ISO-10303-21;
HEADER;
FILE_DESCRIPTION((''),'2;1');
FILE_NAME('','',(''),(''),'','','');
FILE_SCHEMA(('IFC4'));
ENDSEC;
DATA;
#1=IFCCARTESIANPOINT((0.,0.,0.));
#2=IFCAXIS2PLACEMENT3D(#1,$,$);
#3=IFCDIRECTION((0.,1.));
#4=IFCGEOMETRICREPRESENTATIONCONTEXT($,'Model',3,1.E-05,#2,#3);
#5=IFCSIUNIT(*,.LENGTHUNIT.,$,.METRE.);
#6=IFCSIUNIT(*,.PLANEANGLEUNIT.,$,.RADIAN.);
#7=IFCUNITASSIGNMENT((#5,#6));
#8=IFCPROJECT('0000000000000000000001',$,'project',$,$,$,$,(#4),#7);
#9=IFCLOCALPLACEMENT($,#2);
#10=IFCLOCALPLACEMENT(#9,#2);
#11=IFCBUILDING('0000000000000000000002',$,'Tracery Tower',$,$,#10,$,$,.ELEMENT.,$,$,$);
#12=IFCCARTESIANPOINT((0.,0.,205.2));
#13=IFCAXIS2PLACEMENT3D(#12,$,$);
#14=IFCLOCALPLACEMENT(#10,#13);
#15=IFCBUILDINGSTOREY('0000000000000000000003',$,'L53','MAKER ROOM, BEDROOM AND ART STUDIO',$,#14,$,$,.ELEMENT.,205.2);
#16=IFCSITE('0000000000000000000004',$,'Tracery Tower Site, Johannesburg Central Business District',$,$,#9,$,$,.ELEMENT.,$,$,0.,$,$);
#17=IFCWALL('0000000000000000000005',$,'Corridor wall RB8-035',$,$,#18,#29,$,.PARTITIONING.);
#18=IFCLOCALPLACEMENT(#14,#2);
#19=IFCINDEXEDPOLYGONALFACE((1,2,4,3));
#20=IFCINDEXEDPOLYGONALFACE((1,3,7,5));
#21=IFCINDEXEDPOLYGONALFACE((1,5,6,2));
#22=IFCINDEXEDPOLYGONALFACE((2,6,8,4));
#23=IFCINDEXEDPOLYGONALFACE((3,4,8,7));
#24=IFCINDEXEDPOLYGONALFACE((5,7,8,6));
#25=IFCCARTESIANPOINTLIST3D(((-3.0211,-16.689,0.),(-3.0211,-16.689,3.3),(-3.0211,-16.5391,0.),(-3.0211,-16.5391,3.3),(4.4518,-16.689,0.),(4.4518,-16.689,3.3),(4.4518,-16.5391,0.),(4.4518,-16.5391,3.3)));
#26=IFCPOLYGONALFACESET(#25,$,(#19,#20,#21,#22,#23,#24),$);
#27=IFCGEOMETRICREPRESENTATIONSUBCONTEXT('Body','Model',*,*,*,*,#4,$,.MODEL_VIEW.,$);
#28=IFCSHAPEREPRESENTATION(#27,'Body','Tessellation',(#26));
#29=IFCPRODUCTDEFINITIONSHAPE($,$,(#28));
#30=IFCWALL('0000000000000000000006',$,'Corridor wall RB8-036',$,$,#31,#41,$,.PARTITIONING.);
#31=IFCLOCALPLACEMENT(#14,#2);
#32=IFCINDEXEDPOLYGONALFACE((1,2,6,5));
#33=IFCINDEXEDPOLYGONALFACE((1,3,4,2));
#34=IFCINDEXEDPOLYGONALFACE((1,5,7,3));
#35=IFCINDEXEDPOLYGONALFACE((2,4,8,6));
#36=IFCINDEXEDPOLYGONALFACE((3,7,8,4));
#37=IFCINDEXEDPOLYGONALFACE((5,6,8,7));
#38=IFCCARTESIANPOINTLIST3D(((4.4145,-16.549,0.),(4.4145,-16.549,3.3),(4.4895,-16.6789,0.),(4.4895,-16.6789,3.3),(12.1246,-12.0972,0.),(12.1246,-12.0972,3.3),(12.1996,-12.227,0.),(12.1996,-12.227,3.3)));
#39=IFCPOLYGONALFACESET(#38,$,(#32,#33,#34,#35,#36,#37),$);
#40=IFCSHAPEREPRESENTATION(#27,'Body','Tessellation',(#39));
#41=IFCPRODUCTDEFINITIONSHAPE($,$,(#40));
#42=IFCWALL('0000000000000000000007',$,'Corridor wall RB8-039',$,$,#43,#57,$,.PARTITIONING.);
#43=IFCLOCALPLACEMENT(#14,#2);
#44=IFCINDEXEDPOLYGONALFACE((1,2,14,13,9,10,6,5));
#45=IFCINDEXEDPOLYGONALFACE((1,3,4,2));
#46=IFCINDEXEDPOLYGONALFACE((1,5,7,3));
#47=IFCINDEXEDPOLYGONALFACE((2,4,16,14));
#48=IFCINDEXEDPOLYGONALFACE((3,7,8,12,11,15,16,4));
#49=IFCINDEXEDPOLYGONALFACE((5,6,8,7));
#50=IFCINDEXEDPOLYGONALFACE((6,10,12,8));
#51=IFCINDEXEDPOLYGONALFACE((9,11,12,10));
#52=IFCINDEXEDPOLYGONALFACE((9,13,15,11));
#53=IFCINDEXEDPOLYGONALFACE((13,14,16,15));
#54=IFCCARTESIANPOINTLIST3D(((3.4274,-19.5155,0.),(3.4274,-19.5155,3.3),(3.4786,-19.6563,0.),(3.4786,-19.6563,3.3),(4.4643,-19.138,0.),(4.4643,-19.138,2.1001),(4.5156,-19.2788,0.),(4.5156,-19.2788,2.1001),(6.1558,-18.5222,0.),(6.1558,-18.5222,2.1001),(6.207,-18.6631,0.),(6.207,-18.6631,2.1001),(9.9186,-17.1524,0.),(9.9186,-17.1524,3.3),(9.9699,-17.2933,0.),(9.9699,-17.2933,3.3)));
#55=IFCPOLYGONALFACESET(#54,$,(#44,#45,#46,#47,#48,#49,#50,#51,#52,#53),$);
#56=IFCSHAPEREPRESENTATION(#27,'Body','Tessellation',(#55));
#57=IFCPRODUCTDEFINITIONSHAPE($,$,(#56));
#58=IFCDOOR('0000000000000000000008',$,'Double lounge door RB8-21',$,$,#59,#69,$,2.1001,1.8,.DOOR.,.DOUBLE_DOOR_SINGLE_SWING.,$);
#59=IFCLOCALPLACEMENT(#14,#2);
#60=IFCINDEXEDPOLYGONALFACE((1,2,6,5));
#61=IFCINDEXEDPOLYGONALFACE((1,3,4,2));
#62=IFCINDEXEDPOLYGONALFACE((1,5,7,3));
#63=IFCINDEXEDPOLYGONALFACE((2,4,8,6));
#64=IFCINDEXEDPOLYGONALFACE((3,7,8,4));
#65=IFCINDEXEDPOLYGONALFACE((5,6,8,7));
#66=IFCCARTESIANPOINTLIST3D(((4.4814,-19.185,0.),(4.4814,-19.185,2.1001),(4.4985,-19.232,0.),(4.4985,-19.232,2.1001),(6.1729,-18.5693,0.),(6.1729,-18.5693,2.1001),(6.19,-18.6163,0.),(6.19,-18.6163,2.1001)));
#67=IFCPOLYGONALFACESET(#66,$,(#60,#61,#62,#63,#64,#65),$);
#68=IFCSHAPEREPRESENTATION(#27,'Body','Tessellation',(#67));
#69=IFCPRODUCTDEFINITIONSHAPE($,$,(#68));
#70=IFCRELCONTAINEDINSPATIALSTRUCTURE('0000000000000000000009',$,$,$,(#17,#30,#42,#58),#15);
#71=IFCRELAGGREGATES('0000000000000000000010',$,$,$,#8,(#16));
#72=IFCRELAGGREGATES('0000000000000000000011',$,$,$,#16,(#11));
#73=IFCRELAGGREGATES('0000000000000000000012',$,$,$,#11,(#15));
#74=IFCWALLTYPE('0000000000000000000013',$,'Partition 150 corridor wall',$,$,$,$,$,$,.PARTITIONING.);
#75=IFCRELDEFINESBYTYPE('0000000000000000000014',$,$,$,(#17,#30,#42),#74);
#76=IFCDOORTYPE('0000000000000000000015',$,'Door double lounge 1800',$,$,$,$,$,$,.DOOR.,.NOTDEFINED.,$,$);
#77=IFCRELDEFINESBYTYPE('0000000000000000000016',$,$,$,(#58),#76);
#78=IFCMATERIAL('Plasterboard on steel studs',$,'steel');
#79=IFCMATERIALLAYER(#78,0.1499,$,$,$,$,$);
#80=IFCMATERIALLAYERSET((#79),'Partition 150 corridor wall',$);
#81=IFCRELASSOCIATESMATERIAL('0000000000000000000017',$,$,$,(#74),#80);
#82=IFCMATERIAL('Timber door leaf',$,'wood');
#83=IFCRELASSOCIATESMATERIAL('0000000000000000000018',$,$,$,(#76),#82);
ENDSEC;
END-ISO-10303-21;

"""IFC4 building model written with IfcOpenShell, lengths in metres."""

from ifc_helpers import new_model, si_unit, direction, frame, frame_2d, origin, place, context, subcontext, project, spatial, rectangle, extrude, material, layer, layer_set, type_object, element, fill, save


model = new_model("IFC4")

# Units and contexts
model_context = context("Model", 3, precision=1e-05, world=origin(), true_north=direction((0.0, 1.0)))
body_context = subcontext(model_context, "Body", "Model", "MODEL_VIEW")
ifc_project = project(units=[si_unit("LENGTHUNIT", "METRE"), si_unit("PLANEANGLEUNIT", "RADIAN")], contexts=[model_context])

# Site, building, storey
site_placement = place(None, origin())
site = spatial("IfcSite", under=ifc_project, at=site_placement, Name="Tracery Tower Site, Johannesburg Central Business District", CompositionType="ELEMENT", RefElevation=0.0)
building_placement = place(site_placement, origin())
building = spatial("IfcBuilding", under=site, at=building_placement, Name="Tracery Tower", CompositionType="ELEMENT")
storey_placement = place(building_placement, frame((0.0, 0.0, 205.2)))
storey = spatial("IfcBuildingStorey", under=building, at=storey_placement, Name="L53", Description="MAKER ROOM, BEDROOM AND ART STUDIO", CompositionType="ELEMENT", Elevation=205.2)

# Shared definitions
ifc_material_1 = material(Name="Plasterboard on steel studs", Category="steel")
ifc_layer_1 = layer(ifc_material_1, 0.1499)
ifc_layer_set_1 = layer_set([ifc_layer_1], Name="Partition 150 corridor wall")
wall_type_1 = type_object("IfcWallType", Name="Partition 150 corridor wall", PredefinedType="PARTITIONING", material=ifc_layer_set_1)

# Walls
wall_1_placement = place(storey_placement, frame((-3.021, -16.614, 0.0), z_axis=(0.0, 0.0, 1.0), x_axis=(1.0, 0.0, 0.0)))
element("IfcWall", 1, at=wall_1_placement, inside=storey, type_object=wall_type_1, Name="Corridor wall RB8-035", PredefinedType="PARTITIONING", context=body_context, shape_type="SweptSolid", body=[
    extrude(rectangle(XDim=7.4729, YDim=0.1499, at=frame_2d((3.7363, 0.0))), origin(), (0.0, 0.0, 1.0), 3.3),
])
wall_2_placement = place(storey_placement, frame((4.4519, -16.614, 0.0), z_axis=(0.0, 0.0, 1.0), x_axis=(0.866005, 0.500035, 0.0)))
element("IfcWall", 2, at=wall_2_placement, inside=storey, type_object=wall_type_1, Name="Corridor wall RB8-036", PredefinedType="PARTITIONING", context=body_context, shape_type="SweptSolid", body=[
    extrude(rectangle(XDim=8.9031, YDim=0.1499, at=frame_2d((4.4517, 0.0))), origin(), (0.0, 0.0, 1.0), 3.3),
])

# Wall, opening, door
wall_3_placement = place(storey_placement, frame((3.4529, -19.5859, 0.0), z_axis=(0.0, 0.0, 1.0), x_axis=(0.939673, 0.342075, 0.0)))
wall_3 = element("IfcWall", 3, at=wall_3_placement, inside=storey, type_object=wall_type_1, Name="Corridor wall RB8-039", PredefinedType="PARTITIONING", context=body_context, shape_type="SweptSolid", body=[
    extrude(rectangle(XDim=6.908, YDim=0.1499, at=frame_2d((3.4541, 0.0))), origin(), (0.0, 0.0, 1.0), 3.3),
])
opening_1_placement = place(wall_3_placement, frame((1.1038, 0.0, 0.0)))
opening_1 = element("IfcOpeningElement", 4, at=opening_1_placement, cuts=wall_3, PredefinedType="OPENING", context=body_context, shape_type="SweptSolid", body=[
    extrude(rectangle(XDim=1.8, YDim=2.1001, at=frame_2d((0.8999, 1.05))), frame((0.0, 0.075, 0.0), z_axis=(0.0, -1.0, 0.0), x_axis=(1.0, 0.0, 0.0)), (0.0, 0.0, 1.0), 0.1499),
])
ifc_material_2 = material(Name="Timber door leaf", Category="wood")
door_type_1 = type_object("IfcDoorType", Name="Door double lounge 1800", OperationType="NOTDEFINED", PredefinedType="DOOR", material=ifc_material_2)
door_1_placement = place(opening_1_placement, origin())
door_1 = element("IfcDoor", 5, at=door_1_placement, inside=storey, type_object=door_type_1, Name="Double lounge door RB8-21", OperationType="DOUBLE_DOOR_SINGLE_SWING", OverallHeight=2.1001, OverallWidth=1.8, PredefinedType="DOOR", context=body_context, shape_type="SweptSolid", body=[
    extrude(rectangle(XDim=1.8, YDim=2.1001, at=frame_2d((0.8999, 1.05))), frame((0.0, 0.0249, 0.0), z_axis=(0.0, -1.0, 0.0), x_axis=(1.0, 0.0, 0.0)), (0.0, 0.0, 1.0), 0.05),
])
fill(opening_1, door_1)

save(model, "model.ifc")
